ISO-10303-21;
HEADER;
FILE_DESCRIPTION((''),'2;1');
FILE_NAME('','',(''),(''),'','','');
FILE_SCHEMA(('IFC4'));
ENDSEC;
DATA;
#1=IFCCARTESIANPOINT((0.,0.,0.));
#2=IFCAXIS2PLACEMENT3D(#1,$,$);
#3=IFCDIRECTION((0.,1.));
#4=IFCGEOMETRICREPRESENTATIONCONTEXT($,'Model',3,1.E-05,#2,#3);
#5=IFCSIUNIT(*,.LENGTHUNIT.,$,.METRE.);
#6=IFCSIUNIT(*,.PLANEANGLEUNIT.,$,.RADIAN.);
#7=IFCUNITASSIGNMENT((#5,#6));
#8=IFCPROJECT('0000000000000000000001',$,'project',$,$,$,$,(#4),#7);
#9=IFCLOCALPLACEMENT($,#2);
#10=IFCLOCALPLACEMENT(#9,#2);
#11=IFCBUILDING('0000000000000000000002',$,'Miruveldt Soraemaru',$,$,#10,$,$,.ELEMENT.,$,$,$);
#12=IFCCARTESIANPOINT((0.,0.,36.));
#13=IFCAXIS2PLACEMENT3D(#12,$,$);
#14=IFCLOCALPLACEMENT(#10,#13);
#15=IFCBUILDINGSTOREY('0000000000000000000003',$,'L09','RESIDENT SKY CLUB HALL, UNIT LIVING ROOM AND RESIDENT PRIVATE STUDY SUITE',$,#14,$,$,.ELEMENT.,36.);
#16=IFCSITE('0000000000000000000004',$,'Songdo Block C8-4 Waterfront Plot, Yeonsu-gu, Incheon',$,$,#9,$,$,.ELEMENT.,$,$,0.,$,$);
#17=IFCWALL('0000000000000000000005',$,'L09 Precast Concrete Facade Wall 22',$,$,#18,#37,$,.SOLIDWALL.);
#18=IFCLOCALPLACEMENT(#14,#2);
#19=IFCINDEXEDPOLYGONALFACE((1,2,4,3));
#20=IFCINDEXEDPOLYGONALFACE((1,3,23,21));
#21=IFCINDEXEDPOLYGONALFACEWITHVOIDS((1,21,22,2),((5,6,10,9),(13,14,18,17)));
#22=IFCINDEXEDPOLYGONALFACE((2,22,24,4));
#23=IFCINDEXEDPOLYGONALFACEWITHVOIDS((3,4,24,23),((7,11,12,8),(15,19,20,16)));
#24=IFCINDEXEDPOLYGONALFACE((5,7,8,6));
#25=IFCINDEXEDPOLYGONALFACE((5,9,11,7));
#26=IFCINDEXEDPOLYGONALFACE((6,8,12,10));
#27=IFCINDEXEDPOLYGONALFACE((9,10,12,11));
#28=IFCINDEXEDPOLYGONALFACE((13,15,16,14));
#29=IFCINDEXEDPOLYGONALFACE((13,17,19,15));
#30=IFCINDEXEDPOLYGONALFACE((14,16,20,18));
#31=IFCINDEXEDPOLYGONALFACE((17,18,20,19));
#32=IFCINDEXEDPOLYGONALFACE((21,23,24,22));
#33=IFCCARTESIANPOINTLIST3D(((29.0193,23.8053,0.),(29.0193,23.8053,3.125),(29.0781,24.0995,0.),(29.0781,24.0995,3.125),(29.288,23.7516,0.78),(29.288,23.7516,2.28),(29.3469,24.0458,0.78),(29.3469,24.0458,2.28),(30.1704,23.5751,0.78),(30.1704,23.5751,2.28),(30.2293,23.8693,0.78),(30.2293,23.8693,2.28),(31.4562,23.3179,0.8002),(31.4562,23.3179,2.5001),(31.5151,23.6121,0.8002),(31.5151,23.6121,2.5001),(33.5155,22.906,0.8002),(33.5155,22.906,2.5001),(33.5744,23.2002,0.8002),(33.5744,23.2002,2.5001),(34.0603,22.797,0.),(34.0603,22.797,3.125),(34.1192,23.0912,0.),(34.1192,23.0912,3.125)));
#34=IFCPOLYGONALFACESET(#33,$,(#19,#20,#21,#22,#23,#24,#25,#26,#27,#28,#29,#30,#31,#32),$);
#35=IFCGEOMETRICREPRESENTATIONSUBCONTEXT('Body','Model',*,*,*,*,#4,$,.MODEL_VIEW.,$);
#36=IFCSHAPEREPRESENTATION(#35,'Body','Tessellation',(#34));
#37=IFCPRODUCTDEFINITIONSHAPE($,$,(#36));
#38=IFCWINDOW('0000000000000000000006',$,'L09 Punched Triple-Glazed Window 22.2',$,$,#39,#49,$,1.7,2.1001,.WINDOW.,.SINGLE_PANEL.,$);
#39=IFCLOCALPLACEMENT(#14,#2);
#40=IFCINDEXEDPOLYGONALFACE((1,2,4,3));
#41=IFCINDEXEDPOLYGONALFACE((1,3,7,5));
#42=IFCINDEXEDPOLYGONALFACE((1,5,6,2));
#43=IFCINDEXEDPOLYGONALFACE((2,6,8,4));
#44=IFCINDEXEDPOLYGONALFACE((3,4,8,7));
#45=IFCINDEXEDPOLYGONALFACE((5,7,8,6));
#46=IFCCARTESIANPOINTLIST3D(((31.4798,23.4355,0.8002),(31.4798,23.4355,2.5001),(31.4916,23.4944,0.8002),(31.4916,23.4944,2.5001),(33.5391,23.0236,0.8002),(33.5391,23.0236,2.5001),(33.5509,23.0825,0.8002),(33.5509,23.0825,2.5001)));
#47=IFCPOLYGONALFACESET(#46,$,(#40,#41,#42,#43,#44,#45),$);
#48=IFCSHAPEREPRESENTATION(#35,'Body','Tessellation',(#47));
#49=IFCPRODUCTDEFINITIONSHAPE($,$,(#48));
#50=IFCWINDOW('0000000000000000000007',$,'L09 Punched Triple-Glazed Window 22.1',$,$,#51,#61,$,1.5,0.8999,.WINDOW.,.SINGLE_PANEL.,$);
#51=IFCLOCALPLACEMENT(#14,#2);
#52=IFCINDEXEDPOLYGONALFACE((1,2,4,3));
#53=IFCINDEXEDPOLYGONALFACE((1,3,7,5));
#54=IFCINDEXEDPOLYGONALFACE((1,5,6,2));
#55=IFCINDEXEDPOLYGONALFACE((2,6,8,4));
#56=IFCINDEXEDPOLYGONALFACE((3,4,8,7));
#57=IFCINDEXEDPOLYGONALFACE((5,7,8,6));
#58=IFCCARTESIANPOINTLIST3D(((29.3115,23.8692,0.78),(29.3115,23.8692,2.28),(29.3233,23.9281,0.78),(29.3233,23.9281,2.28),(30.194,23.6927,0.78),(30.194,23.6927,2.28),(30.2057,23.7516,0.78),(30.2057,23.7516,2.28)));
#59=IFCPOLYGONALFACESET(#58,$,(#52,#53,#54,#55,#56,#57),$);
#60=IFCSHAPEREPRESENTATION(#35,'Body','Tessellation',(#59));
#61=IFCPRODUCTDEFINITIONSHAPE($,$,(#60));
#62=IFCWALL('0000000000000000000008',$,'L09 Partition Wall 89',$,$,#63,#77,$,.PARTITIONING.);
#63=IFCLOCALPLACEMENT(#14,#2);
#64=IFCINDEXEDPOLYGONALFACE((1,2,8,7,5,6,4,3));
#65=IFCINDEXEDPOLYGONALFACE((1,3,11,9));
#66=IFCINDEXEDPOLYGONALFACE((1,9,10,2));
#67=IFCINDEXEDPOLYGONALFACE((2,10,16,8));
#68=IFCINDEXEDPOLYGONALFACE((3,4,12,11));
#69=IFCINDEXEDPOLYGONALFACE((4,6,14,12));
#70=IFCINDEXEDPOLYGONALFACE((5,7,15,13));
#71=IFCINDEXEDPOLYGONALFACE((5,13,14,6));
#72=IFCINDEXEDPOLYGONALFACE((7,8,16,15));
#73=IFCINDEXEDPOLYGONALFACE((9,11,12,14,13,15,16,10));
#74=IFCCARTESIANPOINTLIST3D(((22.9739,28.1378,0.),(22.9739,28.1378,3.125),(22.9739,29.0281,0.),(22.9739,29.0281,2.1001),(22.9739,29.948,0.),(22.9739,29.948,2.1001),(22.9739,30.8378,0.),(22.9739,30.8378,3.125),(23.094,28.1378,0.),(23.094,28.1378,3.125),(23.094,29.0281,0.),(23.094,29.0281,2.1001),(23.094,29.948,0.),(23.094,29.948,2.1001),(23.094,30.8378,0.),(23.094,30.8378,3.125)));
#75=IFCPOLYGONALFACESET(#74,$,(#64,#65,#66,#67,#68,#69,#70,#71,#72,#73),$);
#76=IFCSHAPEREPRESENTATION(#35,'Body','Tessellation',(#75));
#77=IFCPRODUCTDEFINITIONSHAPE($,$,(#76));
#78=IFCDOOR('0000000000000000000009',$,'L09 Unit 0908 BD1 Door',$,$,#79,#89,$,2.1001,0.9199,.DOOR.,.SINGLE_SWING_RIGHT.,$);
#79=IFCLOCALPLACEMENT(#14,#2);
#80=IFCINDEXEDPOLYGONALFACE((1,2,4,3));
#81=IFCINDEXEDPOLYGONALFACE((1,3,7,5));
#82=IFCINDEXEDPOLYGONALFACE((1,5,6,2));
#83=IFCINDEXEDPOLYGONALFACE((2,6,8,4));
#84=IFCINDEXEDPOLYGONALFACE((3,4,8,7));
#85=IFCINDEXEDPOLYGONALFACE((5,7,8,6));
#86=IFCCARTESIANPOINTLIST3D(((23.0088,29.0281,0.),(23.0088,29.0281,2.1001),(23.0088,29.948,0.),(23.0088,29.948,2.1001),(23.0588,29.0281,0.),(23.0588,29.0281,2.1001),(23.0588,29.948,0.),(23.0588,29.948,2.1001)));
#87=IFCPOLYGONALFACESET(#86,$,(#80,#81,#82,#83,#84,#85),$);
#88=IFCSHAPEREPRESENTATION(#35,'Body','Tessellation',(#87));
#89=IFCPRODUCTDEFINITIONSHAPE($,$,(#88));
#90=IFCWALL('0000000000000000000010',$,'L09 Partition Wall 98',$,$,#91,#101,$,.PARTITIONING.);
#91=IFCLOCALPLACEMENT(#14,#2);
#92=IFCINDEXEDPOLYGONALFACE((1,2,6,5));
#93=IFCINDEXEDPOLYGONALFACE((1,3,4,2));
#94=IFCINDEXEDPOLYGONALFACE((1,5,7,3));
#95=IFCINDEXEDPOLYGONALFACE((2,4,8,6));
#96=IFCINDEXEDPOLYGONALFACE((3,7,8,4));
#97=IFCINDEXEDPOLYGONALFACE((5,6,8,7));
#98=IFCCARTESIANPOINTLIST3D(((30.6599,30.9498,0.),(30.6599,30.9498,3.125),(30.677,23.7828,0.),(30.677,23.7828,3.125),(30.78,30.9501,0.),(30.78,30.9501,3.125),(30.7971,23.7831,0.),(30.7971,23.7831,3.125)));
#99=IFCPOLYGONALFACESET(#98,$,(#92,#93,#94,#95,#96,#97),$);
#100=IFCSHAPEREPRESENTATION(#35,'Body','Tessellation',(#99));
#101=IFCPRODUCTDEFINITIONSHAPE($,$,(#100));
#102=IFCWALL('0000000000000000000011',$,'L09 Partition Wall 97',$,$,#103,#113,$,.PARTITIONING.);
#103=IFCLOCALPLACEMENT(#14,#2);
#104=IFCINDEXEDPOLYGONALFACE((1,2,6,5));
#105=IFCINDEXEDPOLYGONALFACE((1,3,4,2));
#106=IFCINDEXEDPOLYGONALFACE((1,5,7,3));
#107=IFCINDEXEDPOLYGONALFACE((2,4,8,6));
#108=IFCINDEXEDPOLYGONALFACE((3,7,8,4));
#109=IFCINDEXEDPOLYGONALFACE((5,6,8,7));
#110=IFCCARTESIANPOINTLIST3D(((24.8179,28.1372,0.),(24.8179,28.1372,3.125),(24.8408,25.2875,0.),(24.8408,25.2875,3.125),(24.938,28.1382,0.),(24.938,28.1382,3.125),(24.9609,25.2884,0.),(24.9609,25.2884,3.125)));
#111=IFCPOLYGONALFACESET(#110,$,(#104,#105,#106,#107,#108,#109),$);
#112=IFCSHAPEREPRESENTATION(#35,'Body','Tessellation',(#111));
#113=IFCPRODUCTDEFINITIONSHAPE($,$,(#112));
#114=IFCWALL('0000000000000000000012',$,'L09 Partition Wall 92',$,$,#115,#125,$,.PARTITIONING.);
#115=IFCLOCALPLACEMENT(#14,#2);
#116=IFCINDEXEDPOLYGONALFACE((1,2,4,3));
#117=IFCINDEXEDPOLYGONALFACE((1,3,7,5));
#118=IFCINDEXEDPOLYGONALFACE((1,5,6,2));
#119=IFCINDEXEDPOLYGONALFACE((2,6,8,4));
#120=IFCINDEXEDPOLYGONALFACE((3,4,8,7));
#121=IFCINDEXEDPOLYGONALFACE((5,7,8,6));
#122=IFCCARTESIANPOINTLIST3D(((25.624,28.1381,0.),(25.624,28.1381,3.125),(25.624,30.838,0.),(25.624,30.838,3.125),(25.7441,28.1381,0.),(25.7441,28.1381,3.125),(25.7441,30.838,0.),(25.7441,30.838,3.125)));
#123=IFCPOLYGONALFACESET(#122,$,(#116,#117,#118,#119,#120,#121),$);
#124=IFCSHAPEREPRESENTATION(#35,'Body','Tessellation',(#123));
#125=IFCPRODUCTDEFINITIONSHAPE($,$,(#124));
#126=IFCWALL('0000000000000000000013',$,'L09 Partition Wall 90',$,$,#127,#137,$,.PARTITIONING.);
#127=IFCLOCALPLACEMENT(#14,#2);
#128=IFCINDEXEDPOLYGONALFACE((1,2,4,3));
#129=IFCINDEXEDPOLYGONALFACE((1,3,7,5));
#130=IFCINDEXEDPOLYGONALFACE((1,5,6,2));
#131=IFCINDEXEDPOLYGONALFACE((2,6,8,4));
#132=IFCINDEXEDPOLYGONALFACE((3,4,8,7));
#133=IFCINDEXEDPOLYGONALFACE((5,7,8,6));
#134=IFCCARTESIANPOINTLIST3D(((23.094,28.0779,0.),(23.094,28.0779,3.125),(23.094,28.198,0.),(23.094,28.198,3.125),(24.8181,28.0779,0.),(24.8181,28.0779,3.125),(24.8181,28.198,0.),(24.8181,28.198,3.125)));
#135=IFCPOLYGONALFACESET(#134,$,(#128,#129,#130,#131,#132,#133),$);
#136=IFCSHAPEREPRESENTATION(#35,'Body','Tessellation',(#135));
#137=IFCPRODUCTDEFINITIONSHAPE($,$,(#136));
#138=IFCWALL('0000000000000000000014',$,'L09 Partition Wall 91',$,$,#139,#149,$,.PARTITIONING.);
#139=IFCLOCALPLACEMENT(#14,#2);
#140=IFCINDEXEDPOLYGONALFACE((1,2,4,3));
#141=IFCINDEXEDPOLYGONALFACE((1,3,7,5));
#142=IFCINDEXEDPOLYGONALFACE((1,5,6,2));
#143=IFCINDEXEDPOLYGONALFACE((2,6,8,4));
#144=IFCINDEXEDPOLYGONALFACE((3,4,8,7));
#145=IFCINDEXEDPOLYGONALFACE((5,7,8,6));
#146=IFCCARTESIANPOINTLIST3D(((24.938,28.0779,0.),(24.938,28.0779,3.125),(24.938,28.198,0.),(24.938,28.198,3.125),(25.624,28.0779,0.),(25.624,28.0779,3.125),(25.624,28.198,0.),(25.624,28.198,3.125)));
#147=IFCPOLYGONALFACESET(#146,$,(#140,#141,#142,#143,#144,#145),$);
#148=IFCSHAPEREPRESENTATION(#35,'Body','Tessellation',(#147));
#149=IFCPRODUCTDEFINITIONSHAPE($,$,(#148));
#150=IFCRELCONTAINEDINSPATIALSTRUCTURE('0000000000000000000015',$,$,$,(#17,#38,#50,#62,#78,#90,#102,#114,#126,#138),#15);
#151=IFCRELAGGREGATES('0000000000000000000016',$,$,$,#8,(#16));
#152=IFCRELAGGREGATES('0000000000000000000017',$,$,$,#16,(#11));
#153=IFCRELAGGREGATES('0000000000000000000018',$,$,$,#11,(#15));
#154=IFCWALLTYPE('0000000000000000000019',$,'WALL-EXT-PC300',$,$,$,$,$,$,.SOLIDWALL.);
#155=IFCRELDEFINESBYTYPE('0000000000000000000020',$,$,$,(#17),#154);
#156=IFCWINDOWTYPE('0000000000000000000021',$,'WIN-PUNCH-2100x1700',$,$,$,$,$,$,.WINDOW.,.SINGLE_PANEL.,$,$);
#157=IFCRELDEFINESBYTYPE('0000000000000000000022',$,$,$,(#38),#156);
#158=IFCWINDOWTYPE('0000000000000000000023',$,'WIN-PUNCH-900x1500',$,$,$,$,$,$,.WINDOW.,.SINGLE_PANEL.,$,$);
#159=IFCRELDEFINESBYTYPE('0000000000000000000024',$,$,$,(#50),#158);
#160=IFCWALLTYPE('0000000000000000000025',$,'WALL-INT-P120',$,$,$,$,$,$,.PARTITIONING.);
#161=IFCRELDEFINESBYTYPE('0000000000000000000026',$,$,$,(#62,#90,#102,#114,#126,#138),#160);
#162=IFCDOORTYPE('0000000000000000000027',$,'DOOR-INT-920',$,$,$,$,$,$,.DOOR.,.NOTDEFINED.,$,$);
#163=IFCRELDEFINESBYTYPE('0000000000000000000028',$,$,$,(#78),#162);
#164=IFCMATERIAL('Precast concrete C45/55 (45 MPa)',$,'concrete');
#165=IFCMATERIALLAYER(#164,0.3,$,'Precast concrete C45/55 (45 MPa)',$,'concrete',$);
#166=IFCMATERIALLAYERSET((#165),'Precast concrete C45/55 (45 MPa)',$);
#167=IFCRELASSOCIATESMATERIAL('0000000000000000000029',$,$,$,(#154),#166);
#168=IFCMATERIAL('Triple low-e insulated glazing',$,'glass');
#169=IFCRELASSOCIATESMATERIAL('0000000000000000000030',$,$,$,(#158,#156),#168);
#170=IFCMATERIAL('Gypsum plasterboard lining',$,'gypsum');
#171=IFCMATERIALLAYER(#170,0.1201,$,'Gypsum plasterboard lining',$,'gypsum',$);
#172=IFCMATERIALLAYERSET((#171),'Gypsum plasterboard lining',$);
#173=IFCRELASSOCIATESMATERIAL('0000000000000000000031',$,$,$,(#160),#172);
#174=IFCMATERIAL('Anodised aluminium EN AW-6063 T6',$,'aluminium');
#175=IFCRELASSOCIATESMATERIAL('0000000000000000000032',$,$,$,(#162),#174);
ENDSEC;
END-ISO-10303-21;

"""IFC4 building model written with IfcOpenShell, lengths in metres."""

from ifc_helpers import new_model, si_unit, direction, frame, frame_2d, origin, place, context, subcontext, project, spatial, rectangle, extrude, material, layer, layer_set, type_object, element, fill, save


model = new_model("IFC4")

# Units and contexts
model_context = context("Model", 3, precision=1e-05, world=origin(), true_north=direction((0.0, 1.0)))
body_context = subcontext(model_context, "Body", "Model", "MODEL_VIEW")
ifc_project = project(units=[si_unit("LENGTHUNIT", "METRE"), si_unit("PLANEANGLEUNIT", "RADIAN")], contexts=[model_context])

# Site, building, storey
site_placement = place(None, origin())
site = spatial("IfcSite", under=ifc_project, at=site_placement, Name="Songdo Block C8-4 Waterfront Plot, Yeonsu-gu, Incheon", CompositionType="ELEMENT", RefElevation=0.0)
building_placement = place(site_placement, origin())
building = spatial("IfcBuilding", under=site, at=building_placement, Name="Miruveldt Soraemaru", CompositionType="ELEMENT")
storey_placement = place(building_placement, frame((0.0, 0.0, 36.0)))
storey = spatial("IfcBuildingStorey", under=building, at=storey_placement, Name="L09", Description="RESIDENT SKY CLUB HALL, UNIT LIVING ROOM AND RESIDENT PRIVATE STUDY SUITE", CompositionType="ELEMENT", Elevation=36.0)

# Shared definitions
ifc_material_1 = material(Name="Anodised aluminium EN AW-6063 T6", Category="aluminium")

# Shared definitions
ifc_material_2 = material(Name="Precast concrete C45/55 (45 MPa)", Category="concrete")
ifc_layer_1 = layer(ifc_material_2, 0.3, Name="Precast concrete C45/55 (45 MPa)", Category="concrete")
ifc_layer_set_1 = layer_set([ifc_layer_1], Name="Precast concrete C45/55 (45 MPa)")
wall_type_1 = type_object("IfcWallType", Name="WALL-EXT-PC300", PredefinedType="SOLIDWALL", material=ifc_layer_set_1)
ifc_material_3 = material(Name="Triple low-e insulated glazing", Category="glass")
window_type_1 = type_object("IfcWindowType", Name="WIN-PUNCH-900x1500", PartitioningType="SINGLE_PANEL", PredefinedType="WINDOW", material=ifc_material_3)
window_type_2 = type_object("IfcWindowType", Name="WIN-PUNCH-2100x1700", PartitioningType="SINGLE_PANEL", PredefinedType="WINDOW", material=ifc_material_3)

# Wall, openings, windows
wall_1_placement = place(storey_placement, frame((29.0488, 23.9524, 0.0), z_axis=(0.0, 0.0, 1.0), x_axis=(0.980577, -0.196134, 0.0)))
wall_1 = element("IfcWall", 1, at=wall_1_placement, inside=storey, type_object=wall_type_1, Name="L09 Precast Concrete Facade Wall 22", PredefinedType="SOLIDWALL", context=body_context, shape_type="SweptSolid", body=[
    extrude(rectangle(XDim=5.1409, YDim=0.3, at=frame_2d((2.5703, 0.0))), origin(), (0.0, 0.0, 1.0), 3.125),
])
opening_1_placement = place(wall_1_placement, frame((0.2739, 0.0, 0.78)))
opening_1 = element("IfcOpeningElement", 2, at=opening_1_placement, cuts=wall_1, PredefinedType="OPENING", context=body_context, shape_type="SweptSolid", body=[
    extrude(rectangle(XDim=0.8999, YDim=1.5, at=frame_2d((0.45, 0.75))), frame((0.0, 0.1602, 0.0), z_axis=(0.0, -1.0, 0.0), x_axis=(1.0, 0.0, 0.0)), (0.0, 0.0, 1.0), 0.3201),
])
opening_2_placement = place(wall_1_placement, frame((2.4851, 0.0, 0.8)))
opening_2 = element("IfcOpeningElement", 3, at=opening_2_placement, cuts=wall_1, PredefinedType="OPENING", context=body_context, shape_type="SweptSolid", body=[
    extrude(rectangle(XDim=2.1001, YDim=1.7, at=frame_2d((1.05, 0.8501))), frame((0.0, 0.1602, 0.0), z_axis=(0.0, -1.0, 0.0), x_axis=(1.0, 0.0, 0.0)), (0.0, 0.0, 1.0), 0.3201),
])
window_1_placement = place(opening_2_placement, origin())
window_1 = element("IfcWindow", 4, at=window_1_placement, inside=storey, type_object=window_type_2, Name="L09 Punched Triple-Glazed Window 22.2", OverallHeight=1.7, OverallWidth=2.1001, PartitioningType="SINGLE_PANEL", PredefinedType="WINDOW", context=body_context, shape_type="SweptSolid", body=[
    extrude(rectangle(XDim=2.1001, YDim=1.7, at=frame_2d((1.05, 0.8501))), frame((0.0, 0.03, 0.0), z_axis=(0.0, -1.0, 0.0), x_axis=(1.0, 0.0, 0.0)), (0.0, 0.0, 1.0), 0.0601),
])
fill(opening_2, window_1)
window_2_placement = place(opening_1_placement, origin())
window_2 = element("IfcWindow", 5, at=window_2_placement, inside=storey, type_object=window_type_1, Name="L09 Punched Triple-Glazed Window 22.1", OverallHeight=1.5, OverallWidth=0.8999, PartitioningType="SINGLE_PANEL", PredefinedType="WINDOW", context=body_context, shape_type="SweptSolid", body=[
    extrude(rectangle(XDim=0.8999, YDim=1.5, at=frame_2d((0.45, 0.75))), frame((0.0, 0.03, 0.0), z_axis=(0.0, -1.0, 0.0), x_axis=(1.0, 0.0, 0.0)), (0.0, 0.0, 1.0), 0.0601),
])
fill(opening_1, window_2)

# Wall, opening, door
ifc_material_4 = material(Name="Gypsum plasterboard lining", Category="gypsum")
ifc_layer_2 = layer(ifc_material_4, 0.1201, Name="Gypsum plasterboard lining", Category="gypsum")
ifc_layer_set_2 = layer_set([ifc_layer_2], Name="Gypsum plasterboard lining")
wall_type_2 = type_object("IfcWallType", Name="WALL-INT-P120", PredefinedType="PARTITIONING", material=ifc_layer_set_2)
wall_2_placement = place(storey_placement, frame((23.0339, 30.8379, 0.0), z_axis=(0.0, 0.0, 1.0), x_axis=(0.0, -1.0, 0.0)))
wall_2 = element("IfcWall", 6, at=wall_2_placement, inside=storey, type_object=wall_type_2, Name="L09 Partition Wall 89", PredefinedType="PARTITIONING", context=body_context, shape_type="SweptSolid", body=[
    extrude(rectangle(XDim=2.7, YDim=0.1201, at=frame_2d((1.3501, 0.0))), origin(), (0.0, 0.0, 1.0), 3.125),
])
opening_3_placement = place(wall_2_placement, frame((0.8899, 0.0, 0.0)))
opening_3 = element("IfcOpeningElement", 7, at=opening_3_placement, cuts=wall_2, PredefinedType="OPENING", context=body_context, shape_type="SweptSolid", body=[
    extrude(rectangle(XDim=0.9199, YDim=2.1001, at=frame_2d((0.46, 1.05))), frame((0.0, 0.0701, 0.0), z_axis=(0.0, -1.0, 0.0), x_axis=(1.0, 0.0, 0.0)), (0.0, 0.0, 1.0), 0.1401),
])
door_type = type_object("IfcDoorType", Name="DOOR-INT-920", OperationType="NOTDEFINED", PredefinedType="DOOR", material=ifc_material_1)
door_placement = place(opening_3_placement, origin())
door = element("IfcDoor", 8, at=door_placement, inside=storey, type_object=door_type, Name="L09 Unit 0908 BD1 Door", OperationType="SINGLE_SWING_RIGHT", OverallHeight=2.1001, OverallWidth=0.9199, PredefinedType="DOOR", context=body_context, shape_type="SweptSolid", body=[
    extrude(rectangle(XDim=0.9199, YDim=2.1001, at=frame_2d((0.46, 1.05))), frame((0.0, 0.0249, 0.0), z_axis=(0.0, -1.0, 0.0), x_axis=(1.0, 0.0, 0.0)), (0.0, 0.0, 1.0), 0.05),
])
fill(opening_3, door)

# Walls
wall_3_placement = place(storey_placement, frame((30.7371, 23.783, 0.0), z_axis=(0.0, 0.0, 1.0), x_axis=(-0.002385, 0.999997, 0.0)))
element("IfcWall", 9, at=wall_3_placement, inside=storey, type_object=wall_type_2, Name="L09 Partition Wall 98", PredefinedType="PARTITIONING", context=body_context, shape_type="SweptSolid", body=[
    extrude(rectangle(XDim=7.167, YDim=0.1201, at=frame_2d((3.5835, 0.0))), origin(), (0.0, 0.0, 1.0), 3.125),
])
wall_4_placement = place(storey_placement, frame((24.9009, 25.2881, 0.0), z_axis=(0.0, 0.0, 1.0), x_axis=(-0.008053, 0.999968, 0.0)))
element("IfcWall", 10, at=wall_4_placement, inside=storey, type_object=wall_type_2, Name="L09 Partition Wall 97", PredefinedType="PARTITIONING", context=body_context, shape_type="SweptSolid", body=[
    extrude(rectangle(XDim=2.8499, YDim=0.1201, at=frame_2d((1.4248, 0.0))), origin(), (0.0, 0.0, 1.0), 3.125),
])
wall_5_placement = place(storey_placement, frame((25.6841, 28.1379, 0.0), z_axis=(0.0, 0.0, 1.0), x_axis=(0.0, 1.0, 0.0)))
element("IfcWall", 11, at=wall_5_placement, inside=storey, type_object=wall_type_2, Name="L09 Partition Wall 92", PredefinedType="PARTITIONING", context=body_context, shape_type="SweptSolid", body=[
    extrude(rectangle(XDim=2.7, YDim=0.1201, at=frame_2d((1.3501, 0.0))), origin(), (0.0, 0.0, 1.0), 3.125),
])
wall_6_placement = place(storey_placement, frame((23.094, 28.1379, 0.0), z_axis=(0.0, 0.0, 1.0), x_axis=(1.0, 0.0, 0.0)))
element("IfcWall", 12, at=wall_6_placement, inside=storey, type_object=wall_type_2, Name="L09 Partition Wall 90", PredefinedType="PARTITIONING", context=body_context, shape_type="SweptSolid", body=[
    extrude(rectangle(XDim=1.7241, YDim=0.1201, at=frame_2d((0.8621, 0.0))), origin(), (0.0, 0.0, 1.0), 3.125),
])
wall_7_placement = place(storey_placement, frame((24.938, 28.1379, 0.0), z_axis=(0.0, 0.0, 1.0), x_axis=(1.0, 0.0, 0.0)))
element("IfcWall", 13, at=wall_7_placement, inside=storey, type_object=wall_type_2, Name="L09 Partition Wall 91", PredefinedType="PARTITIONING", context=body_context, shape_type="SweptSolid", body=[
    extrude(rectangle(XDim=0.686, YDim=0.1201, at=frame_2d((0.343, 0.0))), origin(), (0.0, 0.0, 1.0), 3.125),
])

save(model, "model.ifc")
